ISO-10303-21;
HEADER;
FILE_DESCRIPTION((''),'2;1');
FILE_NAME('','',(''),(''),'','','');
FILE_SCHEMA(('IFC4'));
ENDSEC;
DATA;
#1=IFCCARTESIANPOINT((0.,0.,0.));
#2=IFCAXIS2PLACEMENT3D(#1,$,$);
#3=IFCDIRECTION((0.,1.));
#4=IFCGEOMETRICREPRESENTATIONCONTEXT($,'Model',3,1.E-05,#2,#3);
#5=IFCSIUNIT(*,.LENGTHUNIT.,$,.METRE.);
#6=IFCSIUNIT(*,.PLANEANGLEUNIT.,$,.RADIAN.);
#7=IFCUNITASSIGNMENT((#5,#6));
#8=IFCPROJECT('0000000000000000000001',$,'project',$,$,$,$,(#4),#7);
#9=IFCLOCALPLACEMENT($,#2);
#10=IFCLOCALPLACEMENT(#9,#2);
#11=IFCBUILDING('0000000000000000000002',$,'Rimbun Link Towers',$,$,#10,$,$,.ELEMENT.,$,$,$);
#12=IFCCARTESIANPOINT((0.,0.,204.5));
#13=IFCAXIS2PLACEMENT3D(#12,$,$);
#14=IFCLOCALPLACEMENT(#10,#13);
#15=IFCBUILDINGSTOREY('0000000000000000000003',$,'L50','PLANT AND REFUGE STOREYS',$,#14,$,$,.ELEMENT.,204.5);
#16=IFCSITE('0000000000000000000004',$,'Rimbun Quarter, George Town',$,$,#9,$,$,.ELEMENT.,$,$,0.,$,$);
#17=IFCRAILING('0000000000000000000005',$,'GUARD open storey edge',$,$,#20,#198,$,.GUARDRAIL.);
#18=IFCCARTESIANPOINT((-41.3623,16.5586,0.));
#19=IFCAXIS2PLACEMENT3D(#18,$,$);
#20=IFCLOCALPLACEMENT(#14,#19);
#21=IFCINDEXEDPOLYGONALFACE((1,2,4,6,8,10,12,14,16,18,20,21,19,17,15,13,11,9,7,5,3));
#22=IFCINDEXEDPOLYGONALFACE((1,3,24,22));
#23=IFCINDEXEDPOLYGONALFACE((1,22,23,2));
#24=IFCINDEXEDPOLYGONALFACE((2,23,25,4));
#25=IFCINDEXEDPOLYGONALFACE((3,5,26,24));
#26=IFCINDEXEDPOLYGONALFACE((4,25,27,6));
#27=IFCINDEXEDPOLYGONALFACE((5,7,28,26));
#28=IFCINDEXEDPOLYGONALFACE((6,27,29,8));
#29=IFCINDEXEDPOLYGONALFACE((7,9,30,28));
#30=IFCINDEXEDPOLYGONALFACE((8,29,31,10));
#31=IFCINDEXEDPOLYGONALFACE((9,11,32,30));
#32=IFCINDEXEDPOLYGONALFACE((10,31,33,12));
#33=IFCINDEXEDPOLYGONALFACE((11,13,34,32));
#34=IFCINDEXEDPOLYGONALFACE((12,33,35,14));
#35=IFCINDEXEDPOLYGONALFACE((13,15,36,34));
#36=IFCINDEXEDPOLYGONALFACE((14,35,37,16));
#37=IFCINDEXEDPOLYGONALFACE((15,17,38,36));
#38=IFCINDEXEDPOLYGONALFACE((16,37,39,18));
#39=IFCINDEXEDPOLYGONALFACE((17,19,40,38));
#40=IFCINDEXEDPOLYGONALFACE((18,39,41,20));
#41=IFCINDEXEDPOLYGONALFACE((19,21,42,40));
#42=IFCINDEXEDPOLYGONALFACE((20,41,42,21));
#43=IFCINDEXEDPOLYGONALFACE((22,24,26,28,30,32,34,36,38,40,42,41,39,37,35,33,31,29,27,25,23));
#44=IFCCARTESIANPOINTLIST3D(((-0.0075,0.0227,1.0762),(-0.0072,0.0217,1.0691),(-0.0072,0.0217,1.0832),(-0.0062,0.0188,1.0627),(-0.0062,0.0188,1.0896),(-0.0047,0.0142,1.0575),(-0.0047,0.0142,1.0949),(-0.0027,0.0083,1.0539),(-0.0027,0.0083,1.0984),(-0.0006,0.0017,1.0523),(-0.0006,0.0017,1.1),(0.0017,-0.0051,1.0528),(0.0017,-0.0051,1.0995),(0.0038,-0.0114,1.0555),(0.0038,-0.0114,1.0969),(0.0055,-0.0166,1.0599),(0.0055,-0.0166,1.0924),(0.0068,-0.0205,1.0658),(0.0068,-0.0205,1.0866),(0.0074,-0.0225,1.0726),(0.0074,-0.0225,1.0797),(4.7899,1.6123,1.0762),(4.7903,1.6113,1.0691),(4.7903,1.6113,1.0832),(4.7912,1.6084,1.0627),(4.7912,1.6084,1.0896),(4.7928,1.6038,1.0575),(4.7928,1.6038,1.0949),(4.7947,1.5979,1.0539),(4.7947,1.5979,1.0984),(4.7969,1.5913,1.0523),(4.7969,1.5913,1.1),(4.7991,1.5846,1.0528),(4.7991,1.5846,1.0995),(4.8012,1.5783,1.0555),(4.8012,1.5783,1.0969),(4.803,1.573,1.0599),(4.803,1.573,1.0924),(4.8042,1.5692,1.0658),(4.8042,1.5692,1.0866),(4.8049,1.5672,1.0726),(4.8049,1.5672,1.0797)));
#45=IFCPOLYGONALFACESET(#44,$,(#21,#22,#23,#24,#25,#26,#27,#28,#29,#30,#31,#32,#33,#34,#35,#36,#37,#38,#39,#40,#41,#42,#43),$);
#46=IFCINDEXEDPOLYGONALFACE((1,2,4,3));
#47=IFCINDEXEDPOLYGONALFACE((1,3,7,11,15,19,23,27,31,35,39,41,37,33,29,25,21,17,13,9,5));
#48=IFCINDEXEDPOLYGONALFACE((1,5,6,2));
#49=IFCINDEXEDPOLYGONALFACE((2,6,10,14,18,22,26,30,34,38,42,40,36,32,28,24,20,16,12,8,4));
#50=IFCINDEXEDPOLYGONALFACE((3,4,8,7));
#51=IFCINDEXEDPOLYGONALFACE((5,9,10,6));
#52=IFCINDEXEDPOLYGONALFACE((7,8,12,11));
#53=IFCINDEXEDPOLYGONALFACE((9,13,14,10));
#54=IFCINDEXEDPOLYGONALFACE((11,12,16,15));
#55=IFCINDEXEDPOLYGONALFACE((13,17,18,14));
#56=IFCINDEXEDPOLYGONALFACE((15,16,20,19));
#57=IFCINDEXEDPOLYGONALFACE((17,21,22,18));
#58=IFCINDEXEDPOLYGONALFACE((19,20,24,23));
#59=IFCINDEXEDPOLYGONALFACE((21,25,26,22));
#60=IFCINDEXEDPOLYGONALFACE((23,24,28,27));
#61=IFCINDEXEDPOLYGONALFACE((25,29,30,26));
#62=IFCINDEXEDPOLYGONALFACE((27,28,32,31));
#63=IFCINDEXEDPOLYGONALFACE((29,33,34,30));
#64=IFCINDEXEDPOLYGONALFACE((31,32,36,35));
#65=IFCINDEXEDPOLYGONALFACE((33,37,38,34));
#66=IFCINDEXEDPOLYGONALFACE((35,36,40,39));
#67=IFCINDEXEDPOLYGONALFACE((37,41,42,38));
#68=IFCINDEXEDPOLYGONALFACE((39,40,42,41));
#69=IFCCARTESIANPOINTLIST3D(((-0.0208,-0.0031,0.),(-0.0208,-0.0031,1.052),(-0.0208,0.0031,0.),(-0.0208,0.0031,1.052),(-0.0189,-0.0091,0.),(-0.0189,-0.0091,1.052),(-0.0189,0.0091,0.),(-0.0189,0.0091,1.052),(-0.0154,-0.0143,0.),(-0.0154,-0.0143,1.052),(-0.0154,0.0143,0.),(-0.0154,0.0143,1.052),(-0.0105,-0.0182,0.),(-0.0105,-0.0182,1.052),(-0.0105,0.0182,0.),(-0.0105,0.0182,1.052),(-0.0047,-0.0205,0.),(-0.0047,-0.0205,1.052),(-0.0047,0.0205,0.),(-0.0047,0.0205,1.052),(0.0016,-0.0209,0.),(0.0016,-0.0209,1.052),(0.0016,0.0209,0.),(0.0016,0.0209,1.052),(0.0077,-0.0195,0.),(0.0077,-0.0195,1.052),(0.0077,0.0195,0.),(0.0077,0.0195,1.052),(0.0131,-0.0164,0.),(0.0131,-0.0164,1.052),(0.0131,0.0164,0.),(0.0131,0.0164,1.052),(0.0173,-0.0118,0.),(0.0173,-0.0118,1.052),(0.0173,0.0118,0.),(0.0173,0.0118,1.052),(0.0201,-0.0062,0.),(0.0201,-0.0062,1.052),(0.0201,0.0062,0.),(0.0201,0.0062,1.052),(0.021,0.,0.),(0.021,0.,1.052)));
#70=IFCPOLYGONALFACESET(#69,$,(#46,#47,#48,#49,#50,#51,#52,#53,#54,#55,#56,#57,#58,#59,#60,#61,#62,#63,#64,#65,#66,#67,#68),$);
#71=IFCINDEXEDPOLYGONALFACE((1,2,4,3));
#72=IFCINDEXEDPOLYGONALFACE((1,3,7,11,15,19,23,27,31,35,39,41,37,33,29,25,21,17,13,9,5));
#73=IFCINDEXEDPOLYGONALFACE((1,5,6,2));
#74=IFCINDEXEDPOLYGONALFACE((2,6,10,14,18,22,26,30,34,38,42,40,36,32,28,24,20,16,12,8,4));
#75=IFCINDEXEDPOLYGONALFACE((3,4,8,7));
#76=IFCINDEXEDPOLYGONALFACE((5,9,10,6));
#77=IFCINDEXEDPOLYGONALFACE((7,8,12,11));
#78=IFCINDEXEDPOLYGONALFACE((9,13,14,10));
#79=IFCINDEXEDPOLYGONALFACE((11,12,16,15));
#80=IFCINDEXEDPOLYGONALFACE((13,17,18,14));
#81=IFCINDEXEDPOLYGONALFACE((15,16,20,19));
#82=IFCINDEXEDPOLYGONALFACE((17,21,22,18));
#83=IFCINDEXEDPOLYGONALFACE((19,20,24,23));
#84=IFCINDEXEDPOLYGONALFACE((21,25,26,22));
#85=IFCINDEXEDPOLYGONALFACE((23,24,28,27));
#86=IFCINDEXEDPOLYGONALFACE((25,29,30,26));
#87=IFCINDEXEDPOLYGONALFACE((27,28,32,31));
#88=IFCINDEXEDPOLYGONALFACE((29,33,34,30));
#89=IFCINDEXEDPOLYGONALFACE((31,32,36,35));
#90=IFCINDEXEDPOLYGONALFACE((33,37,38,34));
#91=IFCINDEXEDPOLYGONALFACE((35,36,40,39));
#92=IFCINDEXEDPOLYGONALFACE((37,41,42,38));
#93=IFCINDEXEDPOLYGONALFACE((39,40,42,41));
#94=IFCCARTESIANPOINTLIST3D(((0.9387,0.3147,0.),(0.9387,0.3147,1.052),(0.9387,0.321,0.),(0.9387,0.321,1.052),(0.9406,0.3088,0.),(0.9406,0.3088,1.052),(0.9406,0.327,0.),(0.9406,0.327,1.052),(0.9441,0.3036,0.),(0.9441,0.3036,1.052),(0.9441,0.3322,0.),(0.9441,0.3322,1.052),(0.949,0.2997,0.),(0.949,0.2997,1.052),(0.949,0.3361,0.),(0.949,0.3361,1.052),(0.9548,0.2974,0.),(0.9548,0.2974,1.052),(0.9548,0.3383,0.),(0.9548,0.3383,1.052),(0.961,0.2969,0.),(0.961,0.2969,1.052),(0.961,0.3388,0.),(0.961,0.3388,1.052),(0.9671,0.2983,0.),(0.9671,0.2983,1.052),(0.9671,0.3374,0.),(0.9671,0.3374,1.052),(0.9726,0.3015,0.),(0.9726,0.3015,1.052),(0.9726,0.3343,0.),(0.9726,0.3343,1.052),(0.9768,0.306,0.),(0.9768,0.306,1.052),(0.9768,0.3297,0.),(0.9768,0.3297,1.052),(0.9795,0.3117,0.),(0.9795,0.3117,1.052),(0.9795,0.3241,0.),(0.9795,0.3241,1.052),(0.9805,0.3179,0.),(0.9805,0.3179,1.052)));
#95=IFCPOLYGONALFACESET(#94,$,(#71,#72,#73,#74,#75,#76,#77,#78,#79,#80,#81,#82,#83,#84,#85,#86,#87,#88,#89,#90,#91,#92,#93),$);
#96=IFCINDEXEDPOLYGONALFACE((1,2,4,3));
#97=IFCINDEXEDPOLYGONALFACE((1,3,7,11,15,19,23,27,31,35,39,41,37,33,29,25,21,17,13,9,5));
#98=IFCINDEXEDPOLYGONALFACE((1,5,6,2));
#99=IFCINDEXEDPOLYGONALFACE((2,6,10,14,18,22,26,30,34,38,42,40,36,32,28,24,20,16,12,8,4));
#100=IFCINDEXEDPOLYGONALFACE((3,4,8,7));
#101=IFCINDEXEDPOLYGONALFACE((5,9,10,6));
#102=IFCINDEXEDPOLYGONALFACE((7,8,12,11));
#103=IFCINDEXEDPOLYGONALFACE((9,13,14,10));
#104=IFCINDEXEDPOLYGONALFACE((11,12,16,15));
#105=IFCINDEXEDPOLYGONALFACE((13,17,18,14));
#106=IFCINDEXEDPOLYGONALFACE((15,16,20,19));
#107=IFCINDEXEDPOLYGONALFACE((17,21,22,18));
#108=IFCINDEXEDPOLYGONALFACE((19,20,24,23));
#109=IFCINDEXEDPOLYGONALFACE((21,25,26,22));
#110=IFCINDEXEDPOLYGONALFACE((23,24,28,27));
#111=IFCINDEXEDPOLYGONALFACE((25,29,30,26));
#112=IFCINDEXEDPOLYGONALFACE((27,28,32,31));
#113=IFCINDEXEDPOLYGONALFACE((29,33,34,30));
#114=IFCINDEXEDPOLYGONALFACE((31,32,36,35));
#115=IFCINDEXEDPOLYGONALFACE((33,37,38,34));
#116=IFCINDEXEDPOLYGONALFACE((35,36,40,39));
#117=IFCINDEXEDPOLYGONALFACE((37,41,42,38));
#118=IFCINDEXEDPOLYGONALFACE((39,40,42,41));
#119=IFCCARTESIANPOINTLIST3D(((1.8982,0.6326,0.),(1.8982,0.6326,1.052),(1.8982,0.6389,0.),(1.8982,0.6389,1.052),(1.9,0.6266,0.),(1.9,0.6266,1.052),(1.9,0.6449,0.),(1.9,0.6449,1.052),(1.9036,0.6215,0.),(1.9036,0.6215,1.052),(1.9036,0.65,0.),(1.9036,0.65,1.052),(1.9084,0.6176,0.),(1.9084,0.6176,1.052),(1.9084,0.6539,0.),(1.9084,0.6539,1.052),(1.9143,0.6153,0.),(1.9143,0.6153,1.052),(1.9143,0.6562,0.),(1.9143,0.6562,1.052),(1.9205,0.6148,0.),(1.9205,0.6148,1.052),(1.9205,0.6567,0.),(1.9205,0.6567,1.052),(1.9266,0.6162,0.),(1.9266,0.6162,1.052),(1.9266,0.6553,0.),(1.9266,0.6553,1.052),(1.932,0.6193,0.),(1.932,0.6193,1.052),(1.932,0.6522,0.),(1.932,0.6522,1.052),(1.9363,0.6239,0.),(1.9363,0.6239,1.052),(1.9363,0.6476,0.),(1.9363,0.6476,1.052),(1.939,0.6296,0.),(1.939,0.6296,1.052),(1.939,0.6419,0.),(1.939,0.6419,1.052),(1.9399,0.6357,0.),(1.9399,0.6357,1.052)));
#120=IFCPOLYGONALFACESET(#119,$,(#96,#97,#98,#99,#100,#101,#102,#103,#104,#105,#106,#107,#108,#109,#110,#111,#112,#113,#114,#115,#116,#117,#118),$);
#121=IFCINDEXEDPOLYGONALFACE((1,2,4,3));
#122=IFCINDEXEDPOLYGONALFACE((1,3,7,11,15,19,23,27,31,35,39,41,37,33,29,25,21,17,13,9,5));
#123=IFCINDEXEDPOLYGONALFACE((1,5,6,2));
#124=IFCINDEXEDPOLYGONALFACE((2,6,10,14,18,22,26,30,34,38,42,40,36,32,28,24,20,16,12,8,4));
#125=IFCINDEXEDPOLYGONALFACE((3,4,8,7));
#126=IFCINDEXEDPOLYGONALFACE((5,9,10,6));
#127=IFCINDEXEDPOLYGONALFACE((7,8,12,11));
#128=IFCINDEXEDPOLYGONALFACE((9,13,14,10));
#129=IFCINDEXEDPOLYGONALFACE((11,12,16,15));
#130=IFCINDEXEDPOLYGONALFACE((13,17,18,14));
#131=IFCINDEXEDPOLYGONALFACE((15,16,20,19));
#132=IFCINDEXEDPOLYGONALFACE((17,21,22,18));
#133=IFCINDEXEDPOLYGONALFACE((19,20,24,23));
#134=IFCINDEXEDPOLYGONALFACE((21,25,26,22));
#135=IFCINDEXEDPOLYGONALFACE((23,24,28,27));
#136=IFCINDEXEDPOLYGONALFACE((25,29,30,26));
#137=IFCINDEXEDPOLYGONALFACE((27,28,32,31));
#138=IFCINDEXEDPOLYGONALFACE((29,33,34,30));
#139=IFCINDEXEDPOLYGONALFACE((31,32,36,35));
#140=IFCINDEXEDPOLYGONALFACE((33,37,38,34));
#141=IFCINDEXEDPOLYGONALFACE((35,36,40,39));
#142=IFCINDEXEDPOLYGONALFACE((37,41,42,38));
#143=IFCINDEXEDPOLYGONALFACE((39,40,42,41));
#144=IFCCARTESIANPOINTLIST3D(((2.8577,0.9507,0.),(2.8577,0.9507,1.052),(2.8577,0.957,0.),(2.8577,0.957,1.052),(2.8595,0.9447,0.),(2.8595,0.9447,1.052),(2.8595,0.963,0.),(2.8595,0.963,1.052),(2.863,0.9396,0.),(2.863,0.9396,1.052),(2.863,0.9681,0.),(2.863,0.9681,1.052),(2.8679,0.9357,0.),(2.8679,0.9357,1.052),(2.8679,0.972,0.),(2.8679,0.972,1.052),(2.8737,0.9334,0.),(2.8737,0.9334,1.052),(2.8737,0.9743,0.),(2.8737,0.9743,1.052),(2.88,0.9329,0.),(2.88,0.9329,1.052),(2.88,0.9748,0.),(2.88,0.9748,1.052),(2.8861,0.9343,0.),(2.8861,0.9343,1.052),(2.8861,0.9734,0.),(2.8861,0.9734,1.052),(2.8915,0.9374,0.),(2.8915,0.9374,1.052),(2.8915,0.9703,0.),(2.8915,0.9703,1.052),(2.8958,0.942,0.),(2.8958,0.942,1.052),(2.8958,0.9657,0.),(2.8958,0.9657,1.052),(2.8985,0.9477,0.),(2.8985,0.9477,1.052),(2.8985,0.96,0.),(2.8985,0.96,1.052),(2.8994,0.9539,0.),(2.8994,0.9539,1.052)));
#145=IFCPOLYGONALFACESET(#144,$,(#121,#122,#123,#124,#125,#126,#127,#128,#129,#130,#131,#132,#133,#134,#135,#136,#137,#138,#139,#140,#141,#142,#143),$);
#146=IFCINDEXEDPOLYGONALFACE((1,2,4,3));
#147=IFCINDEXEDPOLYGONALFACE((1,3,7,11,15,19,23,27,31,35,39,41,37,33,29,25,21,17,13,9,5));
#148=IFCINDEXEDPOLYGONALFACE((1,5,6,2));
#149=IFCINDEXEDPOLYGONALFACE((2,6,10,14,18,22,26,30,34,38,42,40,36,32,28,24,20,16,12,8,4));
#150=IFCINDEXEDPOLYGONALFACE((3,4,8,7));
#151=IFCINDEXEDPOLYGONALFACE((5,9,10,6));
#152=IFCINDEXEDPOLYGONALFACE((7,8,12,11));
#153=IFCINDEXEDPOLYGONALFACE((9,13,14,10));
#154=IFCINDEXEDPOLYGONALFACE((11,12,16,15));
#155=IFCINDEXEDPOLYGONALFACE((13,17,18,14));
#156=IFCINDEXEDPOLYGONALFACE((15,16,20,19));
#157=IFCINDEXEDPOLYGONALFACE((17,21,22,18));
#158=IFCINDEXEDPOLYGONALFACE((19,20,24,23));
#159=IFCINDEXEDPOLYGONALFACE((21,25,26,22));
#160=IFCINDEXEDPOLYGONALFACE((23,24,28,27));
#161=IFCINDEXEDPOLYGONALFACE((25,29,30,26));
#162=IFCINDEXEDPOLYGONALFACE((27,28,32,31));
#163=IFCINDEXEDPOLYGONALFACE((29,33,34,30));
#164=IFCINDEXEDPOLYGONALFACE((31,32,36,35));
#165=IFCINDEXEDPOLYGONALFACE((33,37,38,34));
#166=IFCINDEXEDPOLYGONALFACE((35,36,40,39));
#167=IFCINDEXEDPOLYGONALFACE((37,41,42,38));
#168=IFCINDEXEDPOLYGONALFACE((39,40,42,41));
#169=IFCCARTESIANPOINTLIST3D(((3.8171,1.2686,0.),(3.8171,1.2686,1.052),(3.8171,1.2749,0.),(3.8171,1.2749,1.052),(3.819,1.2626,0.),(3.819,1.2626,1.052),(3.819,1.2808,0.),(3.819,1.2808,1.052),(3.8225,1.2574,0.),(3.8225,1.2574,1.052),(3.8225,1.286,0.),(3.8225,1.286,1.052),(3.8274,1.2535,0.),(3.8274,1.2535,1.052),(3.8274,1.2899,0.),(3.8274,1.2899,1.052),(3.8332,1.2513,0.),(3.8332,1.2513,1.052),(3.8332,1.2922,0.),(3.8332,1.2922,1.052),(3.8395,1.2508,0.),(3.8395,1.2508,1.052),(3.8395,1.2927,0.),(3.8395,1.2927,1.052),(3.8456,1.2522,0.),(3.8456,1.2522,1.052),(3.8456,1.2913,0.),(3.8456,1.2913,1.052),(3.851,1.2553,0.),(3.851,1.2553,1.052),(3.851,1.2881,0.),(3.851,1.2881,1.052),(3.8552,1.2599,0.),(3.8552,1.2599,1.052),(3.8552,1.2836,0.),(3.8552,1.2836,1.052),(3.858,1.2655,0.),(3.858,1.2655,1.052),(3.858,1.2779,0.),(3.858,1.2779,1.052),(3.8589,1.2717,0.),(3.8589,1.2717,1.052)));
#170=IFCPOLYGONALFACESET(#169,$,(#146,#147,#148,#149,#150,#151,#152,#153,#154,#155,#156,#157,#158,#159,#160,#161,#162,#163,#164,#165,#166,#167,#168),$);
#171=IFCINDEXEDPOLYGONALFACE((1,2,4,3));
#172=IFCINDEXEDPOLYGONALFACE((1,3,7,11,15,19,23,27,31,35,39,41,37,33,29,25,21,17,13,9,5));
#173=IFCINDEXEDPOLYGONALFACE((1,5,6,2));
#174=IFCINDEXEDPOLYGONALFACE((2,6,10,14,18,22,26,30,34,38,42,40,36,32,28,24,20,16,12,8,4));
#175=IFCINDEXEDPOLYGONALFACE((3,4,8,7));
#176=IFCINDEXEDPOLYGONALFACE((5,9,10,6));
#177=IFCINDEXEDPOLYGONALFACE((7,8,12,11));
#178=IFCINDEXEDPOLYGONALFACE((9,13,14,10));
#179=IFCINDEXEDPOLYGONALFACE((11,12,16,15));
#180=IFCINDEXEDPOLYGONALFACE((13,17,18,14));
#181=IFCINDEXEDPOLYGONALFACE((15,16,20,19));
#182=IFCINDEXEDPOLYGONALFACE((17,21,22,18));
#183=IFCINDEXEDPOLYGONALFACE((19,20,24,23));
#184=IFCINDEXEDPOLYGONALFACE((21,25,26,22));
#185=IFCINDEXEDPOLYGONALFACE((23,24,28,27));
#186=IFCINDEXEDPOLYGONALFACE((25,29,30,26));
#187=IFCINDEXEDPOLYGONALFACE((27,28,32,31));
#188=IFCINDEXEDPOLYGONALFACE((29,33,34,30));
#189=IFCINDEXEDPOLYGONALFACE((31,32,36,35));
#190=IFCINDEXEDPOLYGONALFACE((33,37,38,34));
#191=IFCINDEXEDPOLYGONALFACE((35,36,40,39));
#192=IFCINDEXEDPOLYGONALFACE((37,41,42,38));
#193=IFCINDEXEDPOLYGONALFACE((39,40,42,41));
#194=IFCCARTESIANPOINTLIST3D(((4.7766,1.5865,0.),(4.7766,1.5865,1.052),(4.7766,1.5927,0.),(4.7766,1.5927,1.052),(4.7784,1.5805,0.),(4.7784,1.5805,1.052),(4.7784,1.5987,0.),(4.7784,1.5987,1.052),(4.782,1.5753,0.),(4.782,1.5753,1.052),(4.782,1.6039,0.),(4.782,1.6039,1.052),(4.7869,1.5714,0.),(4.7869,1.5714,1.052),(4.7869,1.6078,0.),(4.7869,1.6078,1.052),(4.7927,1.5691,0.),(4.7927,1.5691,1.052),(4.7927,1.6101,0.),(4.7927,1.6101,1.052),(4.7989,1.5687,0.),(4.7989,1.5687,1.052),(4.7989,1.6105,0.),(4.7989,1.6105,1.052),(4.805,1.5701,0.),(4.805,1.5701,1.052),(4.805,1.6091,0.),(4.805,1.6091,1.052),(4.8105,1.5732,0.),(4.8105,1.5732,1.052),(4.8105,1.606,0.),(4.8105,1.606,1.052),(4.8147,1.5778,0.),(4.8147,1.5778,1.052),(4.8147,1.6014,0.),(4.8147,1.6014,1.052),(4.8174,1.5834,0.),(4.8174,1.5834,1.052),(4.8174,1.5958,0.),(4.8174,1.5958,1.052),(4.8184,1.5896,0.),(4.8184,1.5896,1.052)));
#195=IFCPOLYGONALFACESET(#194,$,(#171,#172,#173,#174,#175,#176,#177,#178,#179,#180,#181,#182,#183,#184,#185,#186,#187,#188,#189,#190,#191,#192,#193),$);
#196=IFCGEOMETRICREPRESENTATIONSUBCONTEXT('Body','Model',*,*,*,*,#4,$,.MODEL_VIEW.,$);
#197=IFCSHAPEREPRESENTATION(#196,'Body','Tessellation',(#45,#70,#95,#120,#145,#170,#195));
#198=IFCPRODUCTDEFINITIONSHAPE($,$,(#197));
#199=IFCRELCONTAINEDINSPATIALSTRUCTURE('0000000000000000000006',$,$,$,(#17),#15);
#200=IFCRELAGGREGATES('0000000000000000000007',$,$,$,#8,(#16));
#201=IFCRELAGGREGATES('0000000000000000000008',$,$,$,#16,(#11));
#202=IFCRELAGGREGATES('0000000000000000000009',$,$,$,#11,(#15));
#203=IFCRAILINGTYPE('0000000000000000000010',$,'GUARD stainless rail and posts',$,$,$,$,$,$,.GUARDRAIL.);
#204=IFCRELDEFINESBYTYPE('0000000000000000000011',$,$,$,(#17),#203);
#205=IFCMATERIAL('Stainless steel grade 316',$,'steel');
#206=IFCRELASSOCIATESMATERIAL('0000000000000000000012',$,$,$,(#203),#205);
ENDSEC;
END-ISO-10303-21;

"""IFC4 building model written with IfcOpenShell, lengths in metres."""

from ifc_helpers import new_model, si_unit, direction, frame, origin, origin_2d, place, context, subcontext, project, spatial, circle, extrude, material, type_object, element, save


model = new_model("IFC4")

# Units and contexts
model_context = context("Model", 3, precision=1e-05, world=origin(), true_north=direction((0.0, 1.0)))
body_context = subcontext(model_context, "Body", "Model", "MODEL_VIEW")
ifc_project = project(units=[si_unit("LENGTHUNIT", "METRE"), si_unit("PLANEANGLEUNIT", "RADIAN")], contexts=[model_context])

# Site, building, storey
site_placement = place(None, origin())
site = spatial("IfcSite", under=ifc_project, at=site_placement, Name="Rimbun Quarter, George Town", CompositionType="ELEMENT", RefElevation=0.0)
building_placement = place(site_placement, origin())
building = spatial("IfcBuilding", under=site, at=building_placement, Name="Rimbun Link Towers", CompositionType="ELEMENT")
storey_placement = place(building_placement, frame((0.0, 0.0, 204.5)))
storey = spatial("IfcBuildingStorey", under=building, at=storey_placement, Name="L50", Description="PLANT AND REFUGE STOREYS", CompositionType="ELEMENT", Elevation=204.5)

# Railing
ifc_material_1 = material(Name="Stainless steel grade 316", Category="steel")
railing_type_1 = type_object("IfcRailingType", Name="GUARD stainless rail and posts", PredefinedType="GUARDRAIL", material=ifc_material_1)
railing_1_placement = place(storey_placement, frame((-41.3623, 16.5586, 0.0)))
element("IfcRailing", 1, at=railing_1_placement, inside=storey, type_object=railing_type_1, Name="GUARD open storey edge", PredefinedType="GUARDRAIL", context=body_context, shape_type="SweptSolid", body=[
    extrude(circle(Radius=0.0239, at=origin_2d()), frame((0.0, 0.0, 1.0762), z_axis=(0.949247, 0.314532, 0.0), x_axis=(-0.314532, 0.949247, 0.0)), (0.0, 0.0, 1.0), 5.054),
    extrude(circle(Radius=0.021, at=origin_2d()), origin(), (0.0, 0.0, 1.0), 1.052),
    extrude(circle(Radius=0.021, at=origin_2d()), frame((0.9595, 0.3179, 0.0)), (0.0, 0.0, 1.0), 1.052),
    extrude(circle(Radius=0.021, at=origin_2d()), frame((1.9189, 0.6357, 0.0)), (0.0, 0.0, 1.0), 1.052),
    extrude(circle(Radius=0.021, at=origin_2d()), frame((2.8784, 0.9539, 0.0)), (0.0, 0.0, 1.0), 1.052),
    extrude(circle(Radius=0.021, at=origin_2d()), frame((3.8379, 1.2717, 0.0)), (0.0, 0.0, 1.0), 1.052),
    extrude(circle(Radius=0.021, at=origin_2d()), frame((4.7974, 1.5896, 0.0)), (0.0, 0.0, 1.0), 1.052),
])

save(model, "model.ifc")
